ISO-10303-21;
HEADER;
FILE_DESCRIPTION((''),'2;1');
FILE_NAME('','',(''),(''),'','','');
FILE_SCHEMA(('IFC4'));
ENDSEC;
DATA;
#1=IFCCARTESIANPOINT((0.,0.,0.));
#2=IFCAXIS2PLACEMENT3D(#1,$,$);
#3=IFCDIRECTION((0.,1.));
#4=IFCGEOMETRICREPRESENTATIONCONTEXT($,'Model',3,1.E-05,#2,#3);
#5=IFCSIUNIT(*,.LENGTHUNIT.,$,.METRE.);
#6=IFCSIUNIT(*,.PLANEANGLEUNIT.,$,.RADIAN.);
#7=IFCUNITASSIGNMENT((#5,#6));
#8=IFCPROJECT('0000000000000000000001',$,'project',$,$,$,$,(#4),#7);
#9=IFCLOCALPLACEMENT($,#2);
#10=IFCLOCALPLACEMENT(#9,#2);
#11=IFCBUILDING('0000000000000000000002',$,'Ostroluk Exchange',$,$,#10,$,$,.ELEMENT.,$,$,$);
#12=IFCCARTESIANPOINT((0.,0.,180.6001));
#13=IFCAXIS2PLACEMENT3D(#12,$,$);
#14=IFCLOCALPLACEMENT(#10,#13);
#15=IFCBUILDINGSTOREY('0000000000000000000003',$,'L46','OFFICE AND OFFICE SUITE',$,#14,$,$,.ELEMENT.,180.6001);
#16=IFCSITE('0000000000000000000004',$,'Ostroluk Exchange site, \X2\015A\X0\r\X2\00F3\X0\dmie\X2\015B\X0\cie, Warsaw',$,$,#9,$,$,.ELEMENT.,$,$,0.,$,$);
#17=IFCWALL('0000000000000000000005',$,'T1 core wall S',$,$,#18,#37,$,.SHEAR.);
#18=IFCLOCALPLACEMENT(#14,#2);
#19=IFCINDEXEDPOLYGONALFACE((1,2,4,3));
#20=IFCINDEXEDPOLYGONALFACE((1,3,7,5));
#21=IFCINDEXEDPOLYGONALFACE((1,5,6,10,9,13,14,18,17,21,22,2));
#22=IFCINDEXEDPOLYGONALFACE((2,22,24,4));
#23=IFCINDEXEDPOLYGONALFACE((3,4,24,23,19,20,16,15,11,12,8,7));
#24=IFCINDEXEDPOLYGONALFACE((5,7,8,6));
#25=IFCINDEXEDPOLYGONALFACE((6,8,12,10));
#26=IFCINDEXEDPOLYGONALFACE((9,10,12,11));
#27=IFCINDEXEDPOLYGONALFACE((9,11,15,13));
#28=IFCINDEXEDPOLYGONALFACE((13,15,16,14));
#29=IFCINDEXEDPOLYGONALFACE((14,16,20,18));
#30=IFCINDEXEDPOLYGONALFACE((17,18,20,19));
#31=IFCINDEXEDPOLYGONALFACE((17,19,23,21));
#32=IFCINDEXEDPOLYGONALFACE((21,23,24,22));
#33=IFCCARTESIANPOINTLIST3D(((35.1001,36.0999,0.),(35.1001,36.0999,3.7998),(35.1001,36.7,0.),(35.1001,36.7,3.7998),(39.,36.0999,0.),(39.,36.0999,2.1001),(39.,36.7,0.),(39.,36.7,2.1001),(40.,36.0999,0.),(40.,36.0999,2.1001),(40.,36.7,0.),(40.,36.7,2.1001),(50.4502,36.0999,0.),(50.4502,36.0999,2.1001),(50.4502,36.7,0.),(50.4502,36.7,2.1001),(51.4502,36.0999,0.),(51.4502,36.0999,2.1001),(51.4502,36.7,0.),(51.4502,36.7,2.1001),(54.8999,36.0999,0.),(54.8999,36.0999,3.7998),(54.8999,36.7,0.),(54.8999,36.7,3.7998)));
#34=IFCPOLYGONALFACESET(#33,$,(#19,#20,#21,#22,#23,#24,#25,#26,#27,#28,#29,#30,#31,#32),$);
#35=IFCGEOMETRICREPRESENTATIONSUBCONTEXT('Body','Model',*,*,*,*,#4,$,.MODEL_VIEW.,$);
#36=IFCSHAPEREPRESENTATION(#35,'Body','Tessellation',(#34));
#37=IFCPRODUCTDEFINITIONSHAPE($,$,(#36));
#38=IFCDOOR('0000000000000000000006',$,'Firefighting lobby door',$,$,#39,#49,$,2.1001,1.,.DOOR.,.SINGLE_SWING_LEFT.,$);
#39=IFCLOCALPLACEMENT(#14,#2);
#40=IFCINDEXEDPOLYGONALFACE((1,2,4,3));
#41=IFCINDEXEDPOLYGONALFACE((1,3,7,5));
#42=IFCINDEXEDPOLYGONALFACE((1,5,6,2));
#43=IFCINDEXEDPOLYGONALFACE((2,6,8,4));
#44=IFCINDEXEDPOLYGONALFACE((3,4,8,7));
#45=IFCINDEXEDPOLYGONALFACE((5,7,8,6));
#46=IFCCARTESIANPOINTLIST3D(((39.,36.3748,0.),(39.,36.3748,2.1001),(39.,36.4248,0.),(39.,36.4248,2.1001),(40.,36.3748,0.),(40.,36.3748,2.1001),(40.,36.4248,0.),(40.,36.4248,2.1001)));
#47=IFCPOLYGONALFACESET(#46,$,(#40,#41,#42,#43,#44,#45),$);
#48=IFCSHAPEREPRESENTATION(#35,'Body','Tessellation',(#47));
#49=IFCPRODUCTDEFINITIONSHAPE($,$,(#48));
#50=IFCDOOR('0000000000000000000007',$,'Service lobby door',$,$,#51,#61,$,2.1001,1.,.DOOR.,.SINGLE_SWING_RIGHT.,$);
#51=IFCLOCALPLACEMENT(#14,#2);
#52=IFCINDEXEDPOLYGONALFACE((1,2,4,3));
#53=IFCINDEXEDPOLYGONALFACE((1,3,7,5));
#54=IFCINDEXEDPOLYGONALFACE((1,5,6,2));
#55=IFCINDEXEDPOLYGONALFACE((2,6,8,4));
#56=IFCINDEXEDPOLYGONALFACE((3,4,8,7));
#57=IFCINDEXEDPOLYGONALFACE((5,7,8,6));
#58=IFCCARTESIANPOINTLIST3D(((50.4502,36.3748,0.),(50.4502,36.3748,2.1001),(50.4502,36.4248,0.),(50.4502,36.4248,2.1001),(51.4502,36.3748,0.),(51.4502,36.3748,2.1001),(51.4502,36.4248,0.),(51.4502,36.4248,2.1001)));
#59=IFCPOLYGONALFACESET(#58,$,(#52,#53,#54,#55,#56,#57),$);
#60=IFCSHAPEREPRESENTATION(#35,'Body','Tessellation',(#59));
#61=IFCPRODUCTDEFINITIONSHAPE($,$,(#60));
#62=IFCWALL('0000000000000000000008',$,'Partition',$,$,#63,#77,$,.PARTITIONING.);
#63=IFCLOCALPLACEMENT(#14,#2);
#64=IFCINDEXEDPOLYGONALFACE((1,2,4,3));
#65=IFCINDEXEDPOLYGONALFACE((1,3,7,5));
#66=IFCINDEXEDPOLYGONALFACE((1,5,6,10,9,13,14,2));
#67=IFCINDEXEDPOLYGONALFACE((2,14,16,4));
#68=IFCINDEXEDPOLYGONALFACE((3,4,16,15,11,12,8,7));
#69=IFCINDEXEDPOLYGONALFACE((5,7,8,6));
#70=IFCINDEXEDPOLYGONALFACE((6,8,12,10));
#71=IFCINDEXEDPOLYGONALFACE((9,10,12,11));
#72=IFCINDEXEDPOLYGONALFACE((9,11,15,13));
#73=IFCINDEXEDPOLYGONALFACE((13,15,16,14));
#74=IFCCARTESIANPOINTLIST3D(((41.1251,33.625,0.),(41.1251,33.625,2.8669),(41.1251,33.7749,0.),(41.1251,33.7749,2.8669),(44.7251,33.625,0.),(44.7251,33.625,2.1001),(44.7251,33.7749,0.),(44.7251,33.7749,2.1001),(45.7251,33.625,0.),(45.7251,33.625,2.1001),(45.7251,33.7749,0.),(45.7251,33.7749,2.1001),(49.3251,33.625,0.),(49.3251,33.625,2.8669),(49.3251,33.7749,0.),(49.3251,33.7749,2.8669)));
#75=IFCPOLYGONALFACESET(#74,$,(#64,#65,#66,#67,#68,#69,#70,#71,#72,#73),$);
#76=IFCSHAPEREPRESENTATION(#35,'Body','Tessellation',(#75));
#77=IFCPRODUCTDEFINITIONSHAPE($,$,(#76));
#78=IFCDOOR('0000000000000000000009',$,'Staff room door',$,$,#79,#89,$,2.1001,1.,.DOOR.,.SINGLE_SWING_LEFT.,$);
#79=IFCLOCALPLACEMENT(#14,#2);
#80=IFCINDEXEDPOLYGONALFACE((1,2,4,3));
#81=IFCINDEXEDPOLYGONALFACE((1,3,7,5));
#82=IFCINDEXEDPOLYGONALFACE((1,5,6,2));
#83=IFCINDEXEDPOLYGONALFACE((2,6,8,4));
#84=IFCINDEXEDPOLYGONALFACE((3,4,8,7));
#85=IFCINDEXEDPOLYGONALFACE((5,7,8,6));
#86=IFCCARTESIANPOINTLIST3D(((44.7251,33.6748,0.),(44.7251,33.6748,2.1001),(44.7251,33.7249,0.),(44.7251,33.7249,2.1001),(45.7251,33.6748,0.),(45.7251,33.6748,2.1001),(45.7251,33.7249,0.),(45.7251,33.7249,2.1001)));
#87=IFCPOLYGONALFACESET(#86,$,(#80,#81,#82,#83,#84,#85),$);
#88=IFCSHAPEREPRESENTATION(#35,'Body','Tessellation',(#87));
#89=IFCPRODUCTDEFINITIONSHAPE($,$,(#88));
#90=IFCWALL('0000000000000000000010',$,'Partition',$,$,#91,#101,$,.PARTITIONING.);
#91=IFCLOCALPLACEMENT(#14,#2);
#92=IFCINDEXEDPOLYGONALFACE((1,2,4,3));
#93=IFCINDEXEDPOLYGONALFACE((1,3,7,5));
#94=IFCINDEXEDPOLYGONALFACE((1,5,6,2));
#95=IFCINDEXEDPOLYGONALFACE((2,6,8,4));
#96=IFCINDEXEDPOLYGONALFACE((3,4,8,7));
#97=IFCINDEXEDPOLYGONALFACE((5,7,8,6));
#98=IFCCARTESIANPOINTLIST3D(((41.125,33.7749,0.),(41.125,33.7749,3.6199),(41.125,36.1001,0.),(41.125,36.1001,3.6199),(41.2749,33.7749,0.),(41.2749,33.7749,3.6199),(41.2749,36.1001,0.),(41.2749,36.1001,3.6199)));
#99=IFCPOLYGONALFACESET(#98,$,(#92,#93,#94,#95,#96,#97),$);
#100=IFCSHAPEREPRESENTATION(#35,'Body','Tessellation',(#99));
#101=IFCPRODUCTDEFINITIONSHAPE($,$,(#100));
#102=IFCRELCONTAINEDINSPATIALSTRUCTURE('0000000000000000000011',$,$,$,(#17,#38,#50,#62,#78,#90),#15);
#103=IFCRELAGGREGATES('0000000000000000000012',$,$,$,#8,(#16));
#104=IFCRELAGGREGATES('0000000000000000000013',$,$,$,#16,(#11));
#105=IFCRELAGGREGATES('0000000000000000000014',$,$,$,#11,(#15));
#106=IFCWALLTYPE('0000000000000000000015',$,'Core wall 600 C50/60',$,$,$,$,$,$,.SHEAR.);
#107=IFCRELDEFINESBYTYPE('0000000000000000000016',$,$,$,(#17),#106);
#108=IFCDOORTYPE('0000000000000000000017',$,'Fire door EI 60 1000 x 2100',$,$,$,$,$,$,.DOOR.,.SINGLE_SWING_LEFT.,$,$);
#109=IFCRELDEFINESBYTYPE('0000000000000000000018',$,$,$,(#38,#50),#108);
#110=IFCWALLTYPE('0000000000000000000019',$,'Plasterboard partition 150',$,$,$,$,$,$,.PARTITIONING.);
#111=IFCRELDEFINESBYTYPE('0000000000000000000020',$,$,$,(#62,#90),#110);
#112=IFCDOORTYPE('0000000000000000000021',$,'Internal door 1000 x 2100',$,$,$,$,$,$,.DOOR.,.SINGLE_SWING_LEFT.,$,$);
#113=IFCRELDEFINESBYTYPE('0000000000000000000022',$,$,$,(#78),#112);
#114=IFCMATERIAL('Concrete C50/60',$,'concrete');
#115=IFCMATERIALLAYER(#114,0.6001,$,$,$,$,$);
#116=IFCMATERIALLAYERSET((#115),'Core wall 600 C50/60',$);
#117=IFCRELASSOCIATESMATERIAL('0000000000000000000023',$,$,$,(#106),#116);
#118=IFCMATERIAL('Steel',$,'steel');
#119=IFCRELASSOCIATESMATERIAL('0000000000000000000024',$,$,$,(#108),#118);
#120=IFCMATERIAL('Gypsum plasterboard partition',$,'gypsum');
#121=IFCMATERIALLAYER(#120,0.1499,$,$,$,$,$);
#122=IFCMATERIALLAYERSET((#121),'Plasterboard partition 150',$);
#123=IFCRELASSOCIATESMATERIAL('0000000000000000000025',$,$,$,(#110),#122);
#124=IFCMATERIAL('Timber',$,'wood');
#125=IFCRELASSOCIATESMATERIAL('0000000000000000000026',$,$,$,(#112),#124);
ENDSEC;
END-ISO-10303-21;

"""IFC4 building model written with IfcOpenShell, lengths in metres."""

from ifc_helpers import new_model, si_unit, direction, frame, frame_2d, origin, place, context, subcontext, project, spatial, rectangle, extrude, material, layer, layer_set, type_object, element, fill, save


model = new_model("IFC4")

# Units and contexts
model_context = context("Model", 3, precision=1e-05, world=origin(), true_north=direction((0.0, 1.0)))
body_context = subcontext(model_context, "Body", "Model", "MODEL_VIEW")
ifc_project = project(units=[si_unit("LENGTHUNIT", "METRE"), si_unit("PLANEANGLEUNIT", "RADIAN")], contexts=[model_context])

# Site, building, storey
site_placement = place(None, origin())
site = spatial("IfcSite", under=ifc_project, at=site_placement, Name="Ostroluk Exchange site, Śródmieście, Warsaw", CompositionType="ELEMENT", RefElevation=0.0)
building_placement = place(site_placement, origin())
building = spatial("IfcBuilding", under=site, at=building_placement, Name="Ostroluk Exchange", CompositionType="ELEMENT")
storey_placement = place(building_placement, frame((0.0, 0.0, 180.6001)))
storey = spatial("IfcBuildingStorey", under=building, at=storey_placement, Name="L46", Description="OFFICE AND OFFICE SUITE", CompositionType="ELEMENT", Elevation=180.6001)

# Wall, openings, doors
ifc_material_1 = material(Name="Concrete C50/60", Category="concrete")
ifc_layer_1 = layer(ifc_material_1, 0.6001)
ifc_layer_set_1 = layer_set([ifc_layer_1], Name="Core wall 600 C50/60")
wall_type_1 = type_object("IfcWallType", Name="Core wall 600 C50/60", PredefinedType="SHEAR", material=ifc_layer_set_1)
wall_1_placement = place(storey_placement, frame((35.1001, 36.3999, 0.0), z_axis=(0.0, 0.0, 1.0), x_axis=(1.0, 0.0, 0.0)))
wall_1 = element("IfcWall", 1, at=wall_1_placement, inside=storey, type_object=wall_type_1, Name="T1 core wall S", PredefinedType="SHEAR", context=body_context, shape_type="SweptSolid", body=[
    extrude(rectangle(XDim=19.7998, YDim=0.6001, at=frame_2d((9.8999, 0.0))), origin(), (0.0, 0.0, 1.0), 3.7998),
])
opening_1_placement = place(wall_1_placement, frame((3.8999, 0.0, 0.0)))
opening_1 = element("IfcOpeningElement", 2, at=opening_1_placement, cuts=wall_1, PredefinedType="OPENING", context=body_context, shape_type="SweptSolid", body=[
    extrude(rectangle(XDim=1.0, YDim=2.1001, at=frame_2d((0.5, 1.05))), frame((0.0, 0.3101, 0.0), z_axis=(0.0, -1.0, 0.0), x_axis=(1.0, 0.0, 0.0)), (0.0, 0.0, 1.0), 0.6201),
])
opening_2_placement = place(wall_1_placement, frame((15.3501, 0.0, 0.0)))
opening_2 = element("IfcOpeningElement", 3, at=opening_2_placement, cuts=wall_1, PredefinedType="OPENING", context=body_context, shape_type="SweptSolid", body=[
    extrude(rectangle(XDim=1.0, YDim=2.1001, at=frame_2d((0.5, 1.05))), frame((0.0, 0.3101, 0.0), z_axis=(0.0, -1.0, 0.0), x_axis=(1.0, 0.0, 0.0)), (0.0, 0.0, 1.0), 0.6201),
])
ifc_material_2 = material(Name="Steel", Category="steel")
door_type_1 = type_object("IfcDoorType", Name="Fire door EI 60 1000 x 2100", OperationType="SINGLE_SWING_LEFT", PredefinedType="DOOR", material=ifc_material_2)
door_1_placement = place(opening_1_placement, origin())
door_1 = element("IfcDoor", 4, at=door_1_placement, inside=storey, type_object=door_type_1, Name="Firefighting lobby door", OperationType="SINGLE_SWING_LEFT", OverallHeight=2.1001, OverallWidth=1.0, PredefinedType="DOOR", context=body_context, shape_type="SweptSolid", body=[
    extrude(rectangle(XDim=1.0, YDim=2.1001, at=frame_2d((0.5, 1.05))), frame((0.0, 0.0249, 0.0), z_axis=(0.0, -1.0, 0.0), x_axis=(1.0, 0.0, 0.0)), (0.0, 0.0, 1.0), 0.05),
])
fill(opening_1, door_1)
door_2_placement = place(opening_2_placement, origin())
door_2 = element("IfcDoor", 5, at=door_2_placement, inside=storey, type_object=door_type_1, Name="Service lobby door", OperationType="SINGLE_SWING_RIGHT", OverallHeight=2.1001, OverallWidth=1.0, PredefinedType="DOOR", context=body_context, shape_type="SweptSolid", body=[
    extrude(rectangle(XDim=1.0, YDim=2.1001, at=frame_2d((0.5, 1.05))), frame((0.0, 0.0249, 0.0), z_axis=(0.0, -1.0, 0.0), x_axis=(1.0, 0.0, 0.0)), (0.0, 0.0, 1.0), 0.05),
])
fill(opening_2, door_2)

# Wall, opening, door
ifc_material_3 = material(Name="Gypsum plasterboard partition", Category="gypsum")
ifc_layer_2 = layer(ifc_material_3, 0.1499)
ifc_layer_set_2 = layer_set([ifc_layer_2], Name="Plasterboard partition 150")
wall_type_2 = type_object("IfcWallType", Name="Plasterboard partition 150", PredefinedType="PARTITIONING", material=ifc_layer_set_2)
wall_2_placement = place(storey_placement, frame((41.125, 33.7, 0.0), z_axis=(0.0, 0.0, 1.0), x_axis=(1.0, 0.0, 0.0)))
wall_2 = element("IfcWall", 6, at=wall_2_placement, inside=storey, type_object=wall_type_2, Name="Partition", PredefinedType="PARTITIONING", context=body_context, shape_type="SweptSolid", body=[
    extrude(rectangle(XDim=8.2, YDim=0.1499, at=frame_2d((4.1001, 0.0))), origin(), (0.0, 0.0, 1.0), 2.8669),
])
opening_3_placement = place(wall_2_placement, frame((3.6001, 0.0, 0.0)))
opening_3 = element("IfcOpeningElement", 7, at=opening_3_placement, cuts=wall_2, PredefinedType="OPENING", context=body_context, shape_type="SweptSolid", body=[
    extrude(rectangle(XDim=1.0, YDim=2.1001, at=frame_2d((0.5, 1.05))), frame((0.0, 0.085, 0.0), z_axis=(0.0, -1.0, 0.0), x_axis=(1.0, 0.0, 0.0)), (0.0, 0.0, 1.0), 0.1699),
])
ifc_material_4 = material(Name="Timber", Category="wood")
door_type_2 = type_object("IfcDoorType", Name="Internal door 1000 x 2100", OperationType="SINGLE_SWING_LEFT", PredefinedType="DOOR", material=ifc_material_4)
door_3_placement = place(opening_3_placement, origin())
door_3 = element("IfcDoor", 8, at=door_3_placement, inside=storey, type_object=door_type_2, Name="Staff room door", OperationType="SINGLE_SWING_LEFT", OverallHeight=2.1001, OverallWidth=1.0, PredefinedType="DOOR", context=body_context, shape_type="SweptSolid", body=[
    extrude(rectangle(XDim=1.0, YDim=2.1001, at=frame_2d((0.5, 1.05))), frame((0.0, 0.0249, 0.0), z_axis=(0.0, -1.0, 0.0), x_axis=(1.0, 0.0, 0.0)), (0.0, 0.0, 1.0), 0.05),
])
fill(opening_3, door_3)

# Wall
wall_3_placement = place(storey_placement, frame((41.2, 36.1001, 0.0), z_axis=(0.0, 0.0, 1.0), x_axis=(0.0, -1.0, 0.0)))
element("IfcWall", 9, at=wall_3_placement, inside=storey, type_object=wall_type_2, Name="Partition", PredefinedType="PARTITIONING", context=body_context, shape_type="SweptSolid", body=[
    extrude(rectangle(XDim=2.3252, YDim=0.1499, at=frame_2d((1.1626, 0.0))), origin(), (0.0, 0.0, 1.0), 3.6199),
])

save(model, "model.ifc")
